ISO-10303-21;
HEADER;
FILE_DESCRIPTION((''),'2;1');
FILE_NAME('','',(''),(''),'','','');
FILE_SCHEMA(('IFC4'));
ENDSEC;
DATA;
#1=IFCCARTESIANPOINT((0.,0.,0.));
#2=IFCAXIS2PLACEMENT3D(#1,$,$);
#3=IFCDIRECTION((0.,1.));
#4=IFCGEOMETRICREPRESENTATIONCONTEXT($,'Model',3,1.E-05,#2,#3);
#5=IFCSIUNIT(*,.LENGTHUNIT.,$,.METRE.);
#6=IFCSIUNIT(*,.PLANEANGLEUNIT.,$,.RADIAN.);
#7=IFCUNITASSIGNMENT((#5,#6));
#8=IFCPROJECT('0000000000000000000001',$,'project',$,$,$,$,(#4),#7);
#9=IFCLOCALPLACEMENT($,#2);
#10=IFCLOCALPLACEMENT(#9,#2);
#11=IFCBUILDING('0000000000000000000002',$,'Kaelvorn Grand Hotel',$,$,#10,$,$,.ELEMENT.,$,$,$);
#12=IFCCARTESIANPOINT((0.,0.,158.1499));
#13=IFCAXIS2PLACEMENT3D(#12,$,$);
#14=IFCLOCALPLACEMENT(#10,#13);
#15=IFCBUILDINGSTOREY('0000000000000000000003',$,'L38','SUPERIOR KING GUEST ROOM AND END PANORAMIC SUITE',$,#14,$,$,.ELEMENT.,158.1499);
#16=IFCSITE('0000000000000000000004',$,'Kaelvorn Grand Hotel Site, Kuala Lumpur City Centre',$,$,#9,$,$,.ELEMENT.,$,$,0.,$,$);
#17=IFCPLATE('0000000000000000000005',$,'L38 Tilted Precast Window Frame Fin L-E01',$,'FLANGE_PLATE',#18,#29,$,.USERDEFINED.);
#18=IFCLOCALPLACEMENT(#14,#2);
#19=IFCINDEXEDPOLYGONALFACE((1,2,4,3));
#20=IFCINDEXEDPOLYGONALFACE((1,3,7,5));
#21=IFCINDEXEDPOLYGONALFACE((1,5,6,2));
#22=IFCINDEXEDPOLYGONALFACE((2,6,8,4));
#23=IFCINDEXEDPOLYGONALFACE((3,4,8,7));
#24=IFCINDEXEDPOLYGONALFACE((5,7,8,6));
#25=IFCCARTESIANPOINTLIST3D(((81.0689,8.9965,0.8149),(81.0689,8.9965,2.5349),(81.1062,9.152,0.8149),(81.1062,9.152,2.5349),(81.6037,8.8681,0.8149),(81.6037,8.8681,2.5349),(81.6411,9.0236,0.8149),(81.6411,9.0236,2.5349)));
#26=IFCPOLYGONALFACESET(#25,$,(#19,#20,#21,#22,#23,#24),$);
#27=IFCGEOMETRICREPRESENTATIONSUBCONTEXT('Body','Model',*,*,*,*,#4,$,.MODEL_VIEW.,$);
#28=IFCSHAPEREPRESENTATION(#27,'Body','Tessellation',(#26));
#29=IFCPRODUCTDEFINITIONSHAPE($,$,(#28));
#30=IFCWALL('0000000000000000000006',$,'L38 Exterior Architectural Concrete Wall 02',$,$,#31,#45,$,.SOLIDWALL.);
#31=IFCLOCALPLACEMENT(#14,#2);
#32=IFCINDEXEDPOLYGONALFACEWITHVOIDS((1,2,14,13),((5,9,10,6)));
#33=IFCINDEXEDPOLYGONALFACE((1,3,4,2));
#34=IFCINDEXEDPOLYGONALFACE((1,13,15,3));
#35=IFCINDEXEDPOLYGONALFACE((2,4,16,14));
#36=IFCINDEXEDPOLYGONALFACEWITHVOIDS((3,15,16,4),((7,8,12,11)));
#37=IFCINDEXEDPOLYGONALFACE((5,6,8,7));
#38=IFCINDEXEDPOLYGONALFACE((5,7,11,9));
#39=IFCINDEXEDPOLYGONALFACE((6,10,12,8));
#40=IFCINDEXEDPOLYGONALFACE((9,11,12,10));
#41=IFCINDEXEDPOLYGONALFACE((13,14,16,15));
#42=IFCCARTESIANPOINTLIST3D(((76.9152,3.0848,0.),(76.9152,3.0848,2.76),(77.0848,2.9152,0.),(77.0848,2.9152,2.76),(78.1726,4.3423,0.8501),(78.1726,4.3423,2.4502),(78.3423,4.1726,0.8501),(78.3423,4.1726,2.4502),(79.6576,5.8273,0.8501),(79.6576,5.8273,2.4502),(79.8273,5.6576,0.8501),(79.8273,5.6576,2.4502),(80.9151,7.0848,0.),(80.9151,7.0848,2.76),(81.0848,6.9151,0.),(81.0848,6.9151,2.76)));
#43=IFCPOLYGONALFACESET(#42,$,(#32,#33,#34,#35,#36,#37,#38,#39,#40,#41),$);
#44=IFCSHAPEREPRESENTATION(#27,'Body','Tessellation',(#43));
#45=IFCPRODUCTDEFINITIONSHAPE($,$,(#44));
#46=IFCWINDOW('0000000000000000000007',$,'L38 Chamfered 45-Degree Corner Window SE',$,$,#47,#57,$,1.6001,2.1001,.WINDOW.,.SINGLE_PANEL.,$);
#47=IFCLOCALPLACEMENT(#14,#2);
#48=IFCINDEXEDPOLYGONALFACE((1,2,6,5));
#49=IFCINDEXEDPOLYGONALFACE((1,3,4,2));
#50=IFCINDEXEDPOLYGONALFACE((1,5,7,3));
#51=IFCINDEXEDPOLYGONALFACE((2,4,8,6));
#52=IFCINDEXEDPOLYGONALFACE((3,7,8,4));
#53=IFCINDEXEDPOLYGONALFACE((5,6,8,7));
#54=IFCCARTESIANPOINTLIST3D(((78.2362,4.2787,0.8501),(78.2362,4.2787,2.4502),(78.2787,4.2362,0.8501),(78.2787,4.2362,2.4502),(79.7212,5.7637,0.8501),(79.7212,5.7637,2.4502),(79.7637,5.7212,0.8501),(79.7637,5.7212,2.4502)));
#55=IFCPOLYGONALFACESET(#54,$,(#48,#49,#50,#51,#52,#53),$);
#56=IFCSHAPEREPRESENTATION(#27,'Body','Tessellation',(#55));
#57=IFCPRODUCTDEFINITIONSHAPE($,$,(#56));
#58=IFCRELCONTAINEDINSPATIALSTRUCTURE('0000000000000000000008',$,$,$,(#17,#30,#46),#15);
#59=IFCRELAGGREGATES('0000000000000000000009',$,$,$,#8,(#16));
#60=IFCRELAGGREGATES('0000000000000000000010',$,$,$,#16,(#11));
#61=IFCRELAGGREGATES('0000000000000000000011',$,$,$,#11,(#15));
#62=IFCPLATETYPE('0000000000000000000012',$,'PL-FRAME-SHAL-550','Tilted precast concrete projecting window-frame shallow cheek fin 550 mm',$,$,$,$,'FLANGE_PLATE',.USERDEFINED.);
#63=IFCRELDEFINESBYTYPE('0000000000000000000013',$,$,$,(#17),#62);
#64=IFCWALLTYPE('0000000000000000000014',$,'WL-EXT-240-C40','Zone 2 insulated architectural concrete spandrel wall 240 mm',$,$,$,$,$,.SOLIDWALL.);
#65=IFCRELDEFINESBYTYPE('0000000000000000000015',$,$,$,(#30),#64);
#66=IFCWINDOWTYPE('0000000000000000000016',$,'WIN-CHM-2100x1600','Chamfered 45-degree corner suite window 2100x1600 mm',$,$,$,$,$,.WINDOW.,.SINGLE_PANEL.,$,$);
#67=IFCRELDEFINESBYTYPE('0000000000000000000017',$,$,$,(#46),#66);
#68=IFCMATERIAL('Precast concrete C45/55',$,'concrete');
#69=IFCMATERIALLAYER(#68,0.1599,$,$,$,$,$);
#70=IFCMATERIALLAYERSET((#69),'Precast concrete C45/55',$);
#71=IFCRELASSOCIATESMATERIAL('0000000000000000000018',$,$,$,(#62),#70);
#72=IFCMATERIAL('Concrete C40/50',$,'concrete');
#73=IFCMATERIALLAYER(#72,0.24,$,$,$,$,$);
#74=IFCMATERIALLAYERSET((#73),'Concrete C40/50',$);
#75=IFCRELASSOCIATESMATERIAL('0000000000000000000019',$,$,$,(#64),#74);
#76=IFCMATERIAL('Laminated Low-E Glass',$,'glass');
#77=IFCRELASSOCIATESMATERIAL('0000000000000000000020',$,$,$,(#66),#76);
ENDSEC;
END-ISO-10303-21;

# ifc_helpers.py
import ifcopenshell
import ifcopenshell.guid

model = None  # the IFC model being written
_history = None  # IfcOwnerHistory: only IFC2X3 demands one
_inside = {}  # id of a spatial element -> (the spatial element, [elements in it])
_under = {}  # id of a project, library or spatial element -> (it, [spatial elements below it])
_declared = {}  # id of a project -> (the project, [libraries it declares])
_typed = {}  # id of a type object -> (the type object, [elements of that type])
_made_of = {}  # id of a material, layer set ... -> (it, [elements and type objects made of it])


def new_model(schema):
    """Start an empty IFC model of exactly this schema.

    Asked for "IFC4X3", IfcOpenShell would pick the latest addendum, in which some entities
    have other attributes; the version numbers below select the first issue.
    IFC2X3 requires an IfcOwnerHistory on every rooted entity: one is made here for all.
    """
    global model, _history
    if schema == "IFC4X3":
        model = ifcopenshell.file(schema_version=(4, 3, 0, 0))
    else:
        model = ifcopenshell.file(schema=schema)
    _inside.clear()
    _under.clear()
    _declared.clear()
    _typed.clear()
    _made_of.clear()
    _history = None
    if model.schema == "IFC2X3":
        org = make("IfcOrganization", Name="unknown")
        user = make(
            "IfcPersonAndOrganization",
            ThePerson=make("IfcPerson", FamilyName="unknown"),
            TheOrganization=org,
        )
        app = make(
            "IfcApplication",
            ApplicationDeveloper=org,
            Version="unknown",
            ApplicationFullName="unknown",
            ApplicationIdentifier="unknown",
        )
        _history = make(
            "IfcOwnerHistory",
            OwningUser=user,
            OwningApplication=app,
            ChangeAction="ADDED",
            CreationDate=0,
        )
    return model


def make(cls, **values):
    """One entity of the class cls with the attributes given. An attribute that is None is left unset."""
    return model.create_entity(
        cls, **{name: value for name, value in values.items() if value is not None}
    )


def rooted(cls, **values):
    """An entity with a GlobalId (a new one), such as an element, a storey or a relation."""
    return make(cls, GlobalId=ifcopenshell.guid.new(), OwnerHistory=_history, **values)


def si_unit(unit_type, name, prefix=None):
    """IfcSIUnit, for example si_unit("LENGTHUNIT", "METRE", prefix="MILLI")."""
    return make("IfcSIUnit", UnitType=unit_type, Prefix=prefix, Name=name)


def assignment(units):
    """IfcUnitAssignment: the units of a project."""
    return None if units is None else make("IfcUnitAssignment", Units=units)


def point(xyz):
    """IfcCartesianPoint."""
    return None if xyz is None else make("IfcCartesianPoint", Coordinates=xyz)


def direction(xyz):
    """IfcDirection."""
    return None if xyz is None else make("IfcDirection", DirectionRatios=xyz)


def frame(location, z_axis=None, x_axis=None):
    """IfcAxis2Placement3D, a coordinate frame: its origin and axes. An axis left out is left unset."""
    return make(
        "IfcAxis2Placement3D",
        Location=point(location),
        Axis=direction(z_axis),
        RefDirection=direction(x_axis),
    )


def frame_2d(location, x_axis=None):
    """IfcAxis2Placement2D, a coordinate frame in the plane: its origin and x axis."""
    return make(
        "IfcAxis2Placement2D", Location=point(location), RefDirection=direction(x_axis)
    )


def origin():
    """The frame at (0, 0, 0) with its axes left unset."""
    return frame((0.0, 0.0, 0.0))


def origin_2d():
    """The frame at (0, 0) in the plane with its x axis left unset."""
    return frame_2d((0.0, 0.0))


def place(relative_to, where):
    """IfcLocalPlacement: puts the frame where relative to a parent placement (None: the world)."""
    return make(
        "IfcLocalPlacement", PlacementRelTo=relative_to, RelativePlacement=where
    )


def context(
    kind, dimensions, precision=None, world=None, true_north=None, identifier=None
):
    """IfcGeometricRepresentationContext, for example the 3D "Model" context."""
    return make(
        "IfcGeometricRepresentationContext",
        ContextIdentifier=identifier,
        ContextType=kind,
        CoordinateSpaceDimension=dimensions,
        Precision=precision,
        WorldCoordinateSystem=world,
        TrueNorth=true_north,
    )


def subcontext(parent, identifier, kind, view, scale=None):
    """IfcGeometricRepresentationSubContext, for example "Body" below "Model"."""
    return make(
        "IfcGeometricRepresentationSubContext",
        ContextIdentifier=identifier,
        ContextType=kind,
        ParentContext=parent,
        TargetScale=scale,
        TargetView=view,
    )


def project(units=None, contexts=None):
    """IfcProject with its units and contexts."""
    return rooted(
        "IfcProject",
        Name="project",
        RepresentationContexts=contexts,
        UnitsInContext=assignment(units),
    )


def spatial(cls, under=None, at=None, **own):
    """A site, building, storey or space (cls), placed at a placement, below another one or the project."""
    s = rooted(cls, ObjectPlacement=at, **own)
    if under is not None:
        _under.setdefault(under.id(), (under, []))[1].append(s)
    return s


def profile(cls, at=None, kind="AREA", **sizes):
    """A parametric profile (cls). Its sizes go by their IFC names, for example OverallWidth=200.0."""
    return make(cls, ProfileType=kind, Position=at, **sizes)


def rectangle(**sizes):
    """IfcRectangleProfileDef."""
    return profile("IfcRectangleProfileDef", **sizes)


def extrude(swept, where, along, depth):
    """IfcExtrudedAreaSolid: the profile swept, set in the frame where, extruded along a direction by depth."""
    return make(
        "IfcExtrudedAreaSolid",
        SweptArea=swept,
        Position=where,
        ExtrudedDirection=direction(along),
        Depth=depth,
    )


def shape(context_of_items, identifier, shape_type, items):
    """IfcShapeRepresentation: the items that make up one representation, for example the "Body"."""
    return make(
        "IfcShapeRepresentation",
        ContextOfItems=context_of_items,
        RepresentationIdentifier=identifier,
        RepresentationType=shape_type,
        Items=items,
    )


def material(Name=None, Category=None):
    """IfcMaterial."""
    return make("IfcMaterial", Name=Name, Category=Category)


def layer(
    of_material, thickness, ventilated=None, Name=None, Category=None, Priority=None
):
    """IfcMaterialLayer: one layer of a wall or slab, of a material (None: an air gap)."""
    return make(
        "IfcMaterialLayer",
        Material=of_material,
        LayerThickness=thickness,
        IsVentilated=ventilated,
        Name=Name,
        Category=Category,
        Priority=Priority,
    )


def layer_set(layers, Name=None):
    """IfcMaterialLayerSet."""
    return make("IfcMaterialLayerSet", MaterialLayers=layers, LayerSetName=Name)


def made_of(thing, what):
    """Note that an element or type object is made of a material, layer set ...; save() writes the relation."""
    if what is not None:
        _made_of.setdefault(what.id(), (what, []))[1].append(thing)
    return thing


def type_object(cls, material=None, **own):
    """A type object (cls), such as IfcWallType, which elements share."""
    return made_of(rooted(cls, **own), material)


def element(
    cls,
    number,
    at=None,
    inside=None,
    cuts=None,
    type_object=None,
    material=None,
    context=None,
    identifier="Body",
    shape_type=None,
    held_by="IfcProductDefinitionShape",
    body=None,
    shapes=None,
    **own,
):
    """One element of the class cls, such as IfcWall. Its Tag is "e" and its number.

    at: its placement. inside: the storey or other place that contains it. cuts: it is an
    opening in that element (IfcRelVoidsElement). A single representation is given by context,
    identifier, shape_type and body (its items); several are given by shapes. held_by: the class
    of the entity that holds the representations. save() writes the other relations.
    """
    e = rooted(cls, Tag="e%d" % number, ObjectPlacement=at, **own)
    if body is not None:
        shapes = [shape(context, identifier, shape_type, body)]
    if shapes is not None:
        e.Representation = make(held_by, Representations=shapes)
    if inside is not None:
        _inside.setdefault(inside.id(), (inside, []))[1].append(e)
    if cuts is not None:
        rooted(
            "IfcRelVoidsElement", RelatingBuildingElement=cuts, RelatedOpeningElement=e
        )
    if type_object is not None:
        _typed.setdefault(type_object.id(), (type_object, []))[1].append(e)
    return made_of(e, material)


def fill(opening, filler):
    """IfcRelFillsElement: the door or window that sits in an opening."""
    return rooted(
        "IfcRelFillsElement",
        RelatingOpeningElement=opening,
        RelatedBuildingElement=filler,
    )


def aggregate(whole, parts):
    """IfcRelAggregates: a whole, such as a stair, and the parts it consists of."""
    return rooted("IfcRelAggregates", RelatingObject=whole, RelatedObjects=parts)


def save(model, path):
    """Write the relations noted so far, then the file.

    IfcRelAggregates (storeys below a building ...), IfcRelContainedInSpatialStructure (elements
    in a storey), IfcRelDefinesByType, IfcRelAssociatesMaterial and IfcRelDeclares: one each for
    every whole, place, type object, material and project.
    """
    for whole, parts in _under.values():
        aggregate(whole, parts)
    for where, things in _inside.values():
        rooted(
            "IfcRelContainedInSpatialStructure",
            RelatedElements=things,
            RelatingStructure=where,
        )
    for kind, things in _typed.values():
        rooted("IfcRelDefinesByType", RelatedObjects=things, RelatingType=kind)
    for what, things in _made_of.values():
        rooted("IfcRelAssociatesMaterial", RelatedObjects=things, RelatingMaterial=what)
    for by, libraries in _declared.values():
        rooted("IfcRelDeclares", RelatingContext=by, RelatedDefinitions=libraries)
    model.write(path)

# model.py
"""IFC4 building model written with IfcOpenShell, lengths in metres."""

from ifc_helpers import new_model, si_unit, direction, frame, frame_2d, origin, origin_2d, place, context, subcontext, project, spatial, rectangle, extrude, material, layer, layer_set, type_object, element, fill, save


model = new_model("IFC4")

# Units and contexts
model_context = context("Model", 3, precision=1e-05, world=origin(), true_north=direction((0.0, 1.0)))
body_context = subcontext(model_context, "Body", "Model", "MODEL_VIEW")
ifc_project = project(units=[si_unit("LENGTHUNIT", "METRE"), si_unit("PLANEANGLEUNIT", "RADIAN")], contexts=[model_context])

# Site, building, storey
site_placement = place(None, origin())
site = spatial("IfcSite", under=ifc_project, at=site_placement, Name="Kaelvorn Grand Hotel Site, Kuala Lumpur City Centre", CompositionType="ELEMENT", RefElevation=0.0)
building_placement = place(site_placement, origin())
building = spatial("IfcBuilding", under=site, at=building_placement, Name="Kaelvorn Grand Hotel", CompositionType="ELEMENT")
storey_placement = place(building_placement, frame((0.0, 0.0, 158.1499)))
storey = spatial("IfcBuildingStorey", under=building, at=storey_placement, Name="L38", Description="SUPERIOR KING GUEST ROOM AND END PANORAMIC SUITE", CompositionType="ELEMENT", Elevation=158.1499)

# Plate
ifc_material_1 = material(Name="Precast concrete C45/55", Category="concrete")
ifc_layer_1 = layer(ifc_material_1, 0.1599)
ifc_layer_set_1 = layer_set([ifc_layer_1], Name="Precast concrete C45/55")
plate_type_1 = type_object("IfcPlateType", Name="PL-FRAME-SHAL-550", Description="Tilted precast concrete projecting window-frame shallow cheek fin 550 mm", ElementType="FLANGE_PLATE", PredefinedType="USERDEFINED", material=ifc_layer_set_1)
plate_1_placement = place(storey_placement, frame((81.355, 9.01, 0.8149), z_axis=(0.0, 0.0, 1.0), x_axis=(0.233445, 0.97237, 0.0)))
element("IfcPlate", 1, at=plate_1_placement, inside=storey, type_object=plate_type_1, Name="L38 Tilted Precast Window Frame Fin L-E01", ObjectType="FLANGE_PLATE", PredefinedType="USERDEFINED", context=body_context, shape_type="SweptSolid", body=[
    extrude(rectangle(XDim=0.1599, YDim=0.55, at=origin_2d()), origin(), (0.0, 0.0, 1.0), 1.72),
])

# Wall, opening, window
ifc_material_2 = material(Name="Concrete C40/50", Category="concrete")
ifc_layer_2 = layer(ifc_material_2, 0.24)
ifc_layer_set_2 = layer_set([ifc_layer_2], Name="Concrete C40/50")
wall_type_1 = type_object("IfcWallType", Name="WL-EXT-240-C40", Description="Zone 2 insulated architectural concrete spandrel wall 240 mm", PredefinedType="SOLIDWALL", material=ifc_layer_set_2)
wall_1_placement = place(storey_placement, frame((77.0, 3.0, 0.0), z_axis=(0.0, 0.0, 1.0), x_axis=(0.707107, 0.707107, 0.0)))
wall_1 = element("IfcWall", 2, at=wall_1_placement, inside=storey, type_object=wall_type_1, Name="L38 Exterior Architectural Concrete Wall 02", PredefinedType="SOLIDWALL", context=body_context, shape_type="SweptSolid", body=[
    extrude(rectangle(XDim=5.6567, YDim=0.24, at=frame_2d((2.8284, 0.0))), origin(), (0.0, 0.0, 1.0), 2.76),
])
opening_1_placement = place(wall_1_placement, frame((1.7783, 0.0, 0.8501)))
opening_1 = element("IfcOpeningElement", 3, at=opening_1_placement, cuts=wall_1, PredefinedType="OPENING", context=body_context, shape_type="SweptSolid", body=[
    extrude(rectangle(XDim=2.1001, YDim=1.6001, at=frame_2d((1.05, 0.8))), frame((0.0, 0.1299, 0.0), z_axis=(0.0, -1.0, 0.0), x_axis=(1.0, 0.0, 0.0)), (0.0, 0.0, 1.0), 0.26),
])
ifc_material_3 = material(Name="Laminated Low-E Glass", Category="glass")
window_type_1 = type_object("IfcWindowType", Name="WIN-CHM-2100x1600", Description="Chamfered 45-degree corner suite window 2100x1600 mm", PartitioningType="SINGLE_PANEL", PredefinedType="WINDOW", material=ifc_material_3)
window_1_placement = place(opening_1_placement, origin())
window_1 = element("IfcWindow", 4, at=window_1_placement, inside=storey, type_object=window_type_1, Name="L38 Chamfered 45-Degree Corner Window SE", OverallHeight=1.6001, OverallWidth=2.1001, PartitioningType="SINGLE_PANEL", PredefinedType="WINDOW", context=body_context, shape_type="SweptSolid", body=[
    extrude(rectangle(XDim=2.1001, YDim=1.6001, at=frame_2d((1.05, 0.8))), frame((0.0, 0.03, 0.0), z_axis=(0.0, -1.0, 0.0), x_axis=(1.0, 0.0, 0.0)), (0.0, 0.0, 1.0), 0.0601),
])
fill(opening_1, window_1)

save(model, "model.ifc")
